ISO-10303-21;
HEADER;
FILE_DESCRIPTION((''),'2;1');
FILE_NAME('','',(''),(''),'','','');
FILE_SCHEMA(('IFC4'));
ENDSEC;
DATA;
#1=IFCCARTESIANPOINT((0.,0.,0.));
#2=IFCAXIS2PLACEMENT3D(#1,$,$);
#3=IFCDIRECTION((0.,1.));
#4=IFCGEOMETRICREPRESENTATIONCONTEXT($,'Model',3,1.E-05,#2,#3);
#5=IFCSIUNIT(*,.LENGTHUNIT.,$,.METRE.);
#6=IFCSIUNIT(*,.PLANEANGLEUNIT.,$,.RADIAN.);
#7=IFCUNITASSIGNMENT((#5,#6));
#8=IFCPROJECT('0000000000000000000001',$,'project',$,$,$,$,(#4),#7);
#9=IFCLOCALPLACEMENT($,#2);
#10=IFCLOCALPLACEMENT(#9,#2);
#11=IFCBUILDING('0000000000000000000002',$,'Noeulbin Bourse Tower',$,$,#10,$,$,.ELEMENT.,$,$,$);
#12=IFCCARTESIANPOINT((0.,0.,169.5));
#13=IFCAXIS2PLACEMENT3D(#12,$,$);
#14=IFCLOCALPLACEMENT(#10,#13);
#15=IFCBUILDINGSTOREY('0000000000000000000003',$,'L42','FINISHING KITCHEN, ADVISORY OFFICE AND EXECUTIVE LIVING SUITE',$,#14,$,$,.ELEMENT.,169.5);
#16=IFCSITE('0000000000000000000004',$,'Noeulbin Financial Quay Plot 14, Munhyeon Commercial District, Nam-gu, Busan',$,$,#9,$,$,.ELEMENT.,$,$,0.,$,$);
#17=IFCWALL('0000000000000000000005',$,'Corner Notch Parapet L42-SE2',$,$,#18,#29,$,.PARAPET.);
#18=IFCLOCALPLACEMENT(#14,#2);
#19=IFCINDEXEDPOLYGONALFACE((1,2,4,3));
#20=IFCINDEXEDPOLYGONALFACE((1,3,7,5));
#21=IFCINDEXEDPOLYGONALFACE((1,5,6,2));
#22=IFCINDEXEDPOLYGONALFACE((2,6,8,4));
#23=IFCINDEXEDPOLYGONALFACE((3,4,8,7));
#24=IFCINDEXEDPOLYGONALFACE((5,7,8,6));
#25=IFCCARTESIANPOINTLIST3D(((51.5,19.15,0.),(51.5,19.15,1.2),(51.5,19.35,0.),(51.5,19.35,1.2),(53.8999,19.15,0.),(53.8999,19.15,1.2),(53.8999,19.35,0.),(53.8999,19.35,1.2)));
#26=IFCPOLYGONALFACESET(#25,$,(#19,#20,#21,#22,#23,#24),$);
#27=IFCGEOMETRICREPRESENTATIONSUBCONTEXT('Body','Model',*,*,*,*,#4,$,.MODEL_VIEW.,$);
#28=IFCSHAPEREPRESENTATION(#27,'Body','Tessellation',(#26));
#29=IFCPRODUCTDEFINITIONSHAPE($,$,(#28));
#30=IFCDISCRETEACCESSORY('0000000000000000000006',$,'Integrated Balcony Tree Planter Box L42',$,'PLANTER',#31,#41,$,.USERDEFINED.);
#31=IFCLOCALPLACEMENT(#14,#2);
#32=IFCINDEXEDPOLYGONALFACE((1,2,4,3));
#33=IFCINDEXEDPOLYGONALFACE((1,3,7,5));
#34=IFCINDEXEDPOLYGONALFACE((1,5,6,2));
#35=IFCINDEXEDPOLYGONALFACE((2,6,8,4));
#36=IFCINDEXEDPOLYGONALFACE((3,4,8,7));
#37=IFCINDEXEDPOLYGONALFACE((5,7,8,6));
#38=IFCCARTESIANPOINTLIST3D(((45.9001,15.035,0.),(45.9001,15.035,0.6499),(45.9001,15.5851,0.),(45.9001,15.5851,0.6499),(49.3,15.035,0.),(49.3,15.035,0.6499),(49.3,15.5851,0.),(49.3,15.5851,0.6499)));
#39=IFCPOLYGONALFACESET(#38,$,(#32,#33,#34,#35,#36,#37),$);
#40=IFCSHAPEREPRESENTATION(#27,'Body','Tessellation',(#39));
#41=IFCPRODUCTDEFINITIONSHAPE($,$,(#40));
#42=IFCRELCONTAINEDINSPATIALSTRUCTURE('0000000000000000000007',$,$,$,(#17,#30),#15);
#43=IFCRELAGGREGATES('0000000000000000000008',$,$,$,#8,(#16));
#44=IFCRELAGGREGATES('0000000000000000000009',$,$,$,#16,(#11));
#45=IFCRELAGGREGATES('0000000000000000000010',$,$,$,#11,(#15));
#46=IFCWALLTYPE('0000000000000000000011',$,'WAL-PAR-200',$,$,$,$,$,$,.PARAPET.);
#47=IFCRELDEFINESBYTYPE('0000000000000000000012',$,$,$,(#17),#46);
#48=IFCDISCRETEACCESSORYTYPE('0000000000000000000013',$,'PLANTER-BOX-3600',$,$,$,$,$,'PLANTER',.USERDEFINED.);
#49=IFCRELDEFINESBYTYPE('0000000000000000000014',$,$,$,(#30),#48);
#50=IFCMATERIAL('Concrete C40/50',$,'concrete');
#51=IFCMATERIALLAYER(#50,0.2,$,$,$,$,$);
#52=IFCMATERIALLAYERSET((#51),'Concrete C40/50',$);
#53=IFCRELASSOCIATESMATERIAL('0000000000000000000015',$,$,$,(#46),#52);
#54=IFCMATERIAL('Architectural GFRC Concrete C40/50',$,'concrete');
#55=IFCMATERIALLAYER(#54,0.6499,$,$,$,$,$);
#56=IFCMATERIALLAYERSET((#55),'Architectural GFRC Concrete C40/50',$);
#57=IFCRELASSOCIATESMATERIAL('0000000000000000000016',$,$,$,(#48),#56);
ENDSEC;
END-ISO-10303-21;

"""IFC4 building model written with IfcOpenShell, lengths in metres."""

from ifc_helpers import new_model, si_unit, direction, frame, frame_2d, origin, origin_2d, place, context, subcontext, project, spatial, rectangle, extrude, material, layer, layer_set, type_object, element, save


model = new_model("IFC4")

# Units and contexts
model_context = context("Model", 3, precision=1e-05, world=origin(), true_north=direction((0.0, 1.0)))
body_context = subcontext(model_context, "Body", "Model", "MODEL_VIEW")
ifc_project = project(units=[si_unit("LENGTHUNIT", "METRE"), si_unit("PLANEANGLEUNIT", "RADIAN")], contexts=[model_context])

# Site, building, storey
site_placement = place(None, origin())
site = spatial("IfcSite", under=ifc_project, at=site_placement, Name="Noeulbin Financial Quay Plot 14, Munhyeon Commercial District, Nam-gu, Busan", CompositionType="ELEMENT", RefElevation=0.0)
building_placement = place(site_placement, origin())
building = spatial("IfcBuilding", under=site, at=building_placement, Name="Noeulbin Bourse Tower", CompositionType="ELEMENT")
storey_placement = place(building_placement, frame((0.0, 0.0, 169.5)))
storey = spatial("IfcBuildingStorey", under=building, at=storey_placement, Name="L42", Description="FINISHING KITCHEN, ADVISORY OFFICE AND EXECUTIVE LIVING SUITE", CompositionType="ELEMENT", Elevation=169.5)

# Wall
ifc_material_1 = material(Name="Concrete C40/50", Category="concrete")
ifc_layer_1 = layer(ifc_material_1, 0.2)
ifc_layer_set_1 = layer_set([ifc_layer_1], Name="Concrete C40/50")
wall_type_1 = type_object("IfcWallType", Name="WAL-PAR-200", PredefinedType="PARAPET", material=ifc_layer_set_1)
for number, where, z_axis, x_axis, name in (
    (1, (51.5, 19.25, 0.0), (0.0, 0.0, 1.0), (1.0, 0.0, 0.0), "Corner Notch Parapet L42-SE2"),
):
    element("IfcWall", number, at=place(storey_placement, frame(where, z_axis=z_axis, x_axis=x_axis)), inside=storey, type_object=wall_type_1, Name=name, PredefinedType="PARAPET", context=body_context, shape_type="SweptSolid", body=[
        extrude(rectangle(XDim=2.3999, YDim=0.2, at=frame_2d((1.2, 0.0))), origin(), (0.0, 0.0, 1.0), 1.2),
    ])

# Discrete accessory
ifc_material_2 = material(Name="Architectural GFRC Concrete C40/50", Category="concrete")
ifc_layer_2 = layer(ifc_material_2, 0.6499)
ifc_layer_set_2 = layer_set([ifc_layer_2], Name="Architectural GFRC Concrete C40/50")
discrete_accessory_type = type_object("IfcDiscreteAccessoryType", Name="PLANTER-BOX-3600", ElementType="PLANTER", PredefinedType="USERDEFINED", material=ifc_layer_set_2)
discrete_accessory_placement = place(storey_placement, frame((47.6001, 15.3101, 0.0), z_axis=(0.0, 0.0, 1.0), x_axis=(1.0, 0.0, 0.0)))
element("IfcDiscreteAccessory", 2, at=discrete_accessory_placement, inside=storey, type_object=discrete_accessory_type, Name="Integrated Balcony Tree Planter Box L42", ObjectType="PLANTER", PredefinedType="USERDEFINED", context=body_context, shape_type="SweptSolid", body=[
    extrude(rectangle(XDim=3.3999, YDim=0.55, at=origin_2d()), origin(), (0.0, 0.0, 1.0), 0.6499),
])

save(model, "model.ifc")
